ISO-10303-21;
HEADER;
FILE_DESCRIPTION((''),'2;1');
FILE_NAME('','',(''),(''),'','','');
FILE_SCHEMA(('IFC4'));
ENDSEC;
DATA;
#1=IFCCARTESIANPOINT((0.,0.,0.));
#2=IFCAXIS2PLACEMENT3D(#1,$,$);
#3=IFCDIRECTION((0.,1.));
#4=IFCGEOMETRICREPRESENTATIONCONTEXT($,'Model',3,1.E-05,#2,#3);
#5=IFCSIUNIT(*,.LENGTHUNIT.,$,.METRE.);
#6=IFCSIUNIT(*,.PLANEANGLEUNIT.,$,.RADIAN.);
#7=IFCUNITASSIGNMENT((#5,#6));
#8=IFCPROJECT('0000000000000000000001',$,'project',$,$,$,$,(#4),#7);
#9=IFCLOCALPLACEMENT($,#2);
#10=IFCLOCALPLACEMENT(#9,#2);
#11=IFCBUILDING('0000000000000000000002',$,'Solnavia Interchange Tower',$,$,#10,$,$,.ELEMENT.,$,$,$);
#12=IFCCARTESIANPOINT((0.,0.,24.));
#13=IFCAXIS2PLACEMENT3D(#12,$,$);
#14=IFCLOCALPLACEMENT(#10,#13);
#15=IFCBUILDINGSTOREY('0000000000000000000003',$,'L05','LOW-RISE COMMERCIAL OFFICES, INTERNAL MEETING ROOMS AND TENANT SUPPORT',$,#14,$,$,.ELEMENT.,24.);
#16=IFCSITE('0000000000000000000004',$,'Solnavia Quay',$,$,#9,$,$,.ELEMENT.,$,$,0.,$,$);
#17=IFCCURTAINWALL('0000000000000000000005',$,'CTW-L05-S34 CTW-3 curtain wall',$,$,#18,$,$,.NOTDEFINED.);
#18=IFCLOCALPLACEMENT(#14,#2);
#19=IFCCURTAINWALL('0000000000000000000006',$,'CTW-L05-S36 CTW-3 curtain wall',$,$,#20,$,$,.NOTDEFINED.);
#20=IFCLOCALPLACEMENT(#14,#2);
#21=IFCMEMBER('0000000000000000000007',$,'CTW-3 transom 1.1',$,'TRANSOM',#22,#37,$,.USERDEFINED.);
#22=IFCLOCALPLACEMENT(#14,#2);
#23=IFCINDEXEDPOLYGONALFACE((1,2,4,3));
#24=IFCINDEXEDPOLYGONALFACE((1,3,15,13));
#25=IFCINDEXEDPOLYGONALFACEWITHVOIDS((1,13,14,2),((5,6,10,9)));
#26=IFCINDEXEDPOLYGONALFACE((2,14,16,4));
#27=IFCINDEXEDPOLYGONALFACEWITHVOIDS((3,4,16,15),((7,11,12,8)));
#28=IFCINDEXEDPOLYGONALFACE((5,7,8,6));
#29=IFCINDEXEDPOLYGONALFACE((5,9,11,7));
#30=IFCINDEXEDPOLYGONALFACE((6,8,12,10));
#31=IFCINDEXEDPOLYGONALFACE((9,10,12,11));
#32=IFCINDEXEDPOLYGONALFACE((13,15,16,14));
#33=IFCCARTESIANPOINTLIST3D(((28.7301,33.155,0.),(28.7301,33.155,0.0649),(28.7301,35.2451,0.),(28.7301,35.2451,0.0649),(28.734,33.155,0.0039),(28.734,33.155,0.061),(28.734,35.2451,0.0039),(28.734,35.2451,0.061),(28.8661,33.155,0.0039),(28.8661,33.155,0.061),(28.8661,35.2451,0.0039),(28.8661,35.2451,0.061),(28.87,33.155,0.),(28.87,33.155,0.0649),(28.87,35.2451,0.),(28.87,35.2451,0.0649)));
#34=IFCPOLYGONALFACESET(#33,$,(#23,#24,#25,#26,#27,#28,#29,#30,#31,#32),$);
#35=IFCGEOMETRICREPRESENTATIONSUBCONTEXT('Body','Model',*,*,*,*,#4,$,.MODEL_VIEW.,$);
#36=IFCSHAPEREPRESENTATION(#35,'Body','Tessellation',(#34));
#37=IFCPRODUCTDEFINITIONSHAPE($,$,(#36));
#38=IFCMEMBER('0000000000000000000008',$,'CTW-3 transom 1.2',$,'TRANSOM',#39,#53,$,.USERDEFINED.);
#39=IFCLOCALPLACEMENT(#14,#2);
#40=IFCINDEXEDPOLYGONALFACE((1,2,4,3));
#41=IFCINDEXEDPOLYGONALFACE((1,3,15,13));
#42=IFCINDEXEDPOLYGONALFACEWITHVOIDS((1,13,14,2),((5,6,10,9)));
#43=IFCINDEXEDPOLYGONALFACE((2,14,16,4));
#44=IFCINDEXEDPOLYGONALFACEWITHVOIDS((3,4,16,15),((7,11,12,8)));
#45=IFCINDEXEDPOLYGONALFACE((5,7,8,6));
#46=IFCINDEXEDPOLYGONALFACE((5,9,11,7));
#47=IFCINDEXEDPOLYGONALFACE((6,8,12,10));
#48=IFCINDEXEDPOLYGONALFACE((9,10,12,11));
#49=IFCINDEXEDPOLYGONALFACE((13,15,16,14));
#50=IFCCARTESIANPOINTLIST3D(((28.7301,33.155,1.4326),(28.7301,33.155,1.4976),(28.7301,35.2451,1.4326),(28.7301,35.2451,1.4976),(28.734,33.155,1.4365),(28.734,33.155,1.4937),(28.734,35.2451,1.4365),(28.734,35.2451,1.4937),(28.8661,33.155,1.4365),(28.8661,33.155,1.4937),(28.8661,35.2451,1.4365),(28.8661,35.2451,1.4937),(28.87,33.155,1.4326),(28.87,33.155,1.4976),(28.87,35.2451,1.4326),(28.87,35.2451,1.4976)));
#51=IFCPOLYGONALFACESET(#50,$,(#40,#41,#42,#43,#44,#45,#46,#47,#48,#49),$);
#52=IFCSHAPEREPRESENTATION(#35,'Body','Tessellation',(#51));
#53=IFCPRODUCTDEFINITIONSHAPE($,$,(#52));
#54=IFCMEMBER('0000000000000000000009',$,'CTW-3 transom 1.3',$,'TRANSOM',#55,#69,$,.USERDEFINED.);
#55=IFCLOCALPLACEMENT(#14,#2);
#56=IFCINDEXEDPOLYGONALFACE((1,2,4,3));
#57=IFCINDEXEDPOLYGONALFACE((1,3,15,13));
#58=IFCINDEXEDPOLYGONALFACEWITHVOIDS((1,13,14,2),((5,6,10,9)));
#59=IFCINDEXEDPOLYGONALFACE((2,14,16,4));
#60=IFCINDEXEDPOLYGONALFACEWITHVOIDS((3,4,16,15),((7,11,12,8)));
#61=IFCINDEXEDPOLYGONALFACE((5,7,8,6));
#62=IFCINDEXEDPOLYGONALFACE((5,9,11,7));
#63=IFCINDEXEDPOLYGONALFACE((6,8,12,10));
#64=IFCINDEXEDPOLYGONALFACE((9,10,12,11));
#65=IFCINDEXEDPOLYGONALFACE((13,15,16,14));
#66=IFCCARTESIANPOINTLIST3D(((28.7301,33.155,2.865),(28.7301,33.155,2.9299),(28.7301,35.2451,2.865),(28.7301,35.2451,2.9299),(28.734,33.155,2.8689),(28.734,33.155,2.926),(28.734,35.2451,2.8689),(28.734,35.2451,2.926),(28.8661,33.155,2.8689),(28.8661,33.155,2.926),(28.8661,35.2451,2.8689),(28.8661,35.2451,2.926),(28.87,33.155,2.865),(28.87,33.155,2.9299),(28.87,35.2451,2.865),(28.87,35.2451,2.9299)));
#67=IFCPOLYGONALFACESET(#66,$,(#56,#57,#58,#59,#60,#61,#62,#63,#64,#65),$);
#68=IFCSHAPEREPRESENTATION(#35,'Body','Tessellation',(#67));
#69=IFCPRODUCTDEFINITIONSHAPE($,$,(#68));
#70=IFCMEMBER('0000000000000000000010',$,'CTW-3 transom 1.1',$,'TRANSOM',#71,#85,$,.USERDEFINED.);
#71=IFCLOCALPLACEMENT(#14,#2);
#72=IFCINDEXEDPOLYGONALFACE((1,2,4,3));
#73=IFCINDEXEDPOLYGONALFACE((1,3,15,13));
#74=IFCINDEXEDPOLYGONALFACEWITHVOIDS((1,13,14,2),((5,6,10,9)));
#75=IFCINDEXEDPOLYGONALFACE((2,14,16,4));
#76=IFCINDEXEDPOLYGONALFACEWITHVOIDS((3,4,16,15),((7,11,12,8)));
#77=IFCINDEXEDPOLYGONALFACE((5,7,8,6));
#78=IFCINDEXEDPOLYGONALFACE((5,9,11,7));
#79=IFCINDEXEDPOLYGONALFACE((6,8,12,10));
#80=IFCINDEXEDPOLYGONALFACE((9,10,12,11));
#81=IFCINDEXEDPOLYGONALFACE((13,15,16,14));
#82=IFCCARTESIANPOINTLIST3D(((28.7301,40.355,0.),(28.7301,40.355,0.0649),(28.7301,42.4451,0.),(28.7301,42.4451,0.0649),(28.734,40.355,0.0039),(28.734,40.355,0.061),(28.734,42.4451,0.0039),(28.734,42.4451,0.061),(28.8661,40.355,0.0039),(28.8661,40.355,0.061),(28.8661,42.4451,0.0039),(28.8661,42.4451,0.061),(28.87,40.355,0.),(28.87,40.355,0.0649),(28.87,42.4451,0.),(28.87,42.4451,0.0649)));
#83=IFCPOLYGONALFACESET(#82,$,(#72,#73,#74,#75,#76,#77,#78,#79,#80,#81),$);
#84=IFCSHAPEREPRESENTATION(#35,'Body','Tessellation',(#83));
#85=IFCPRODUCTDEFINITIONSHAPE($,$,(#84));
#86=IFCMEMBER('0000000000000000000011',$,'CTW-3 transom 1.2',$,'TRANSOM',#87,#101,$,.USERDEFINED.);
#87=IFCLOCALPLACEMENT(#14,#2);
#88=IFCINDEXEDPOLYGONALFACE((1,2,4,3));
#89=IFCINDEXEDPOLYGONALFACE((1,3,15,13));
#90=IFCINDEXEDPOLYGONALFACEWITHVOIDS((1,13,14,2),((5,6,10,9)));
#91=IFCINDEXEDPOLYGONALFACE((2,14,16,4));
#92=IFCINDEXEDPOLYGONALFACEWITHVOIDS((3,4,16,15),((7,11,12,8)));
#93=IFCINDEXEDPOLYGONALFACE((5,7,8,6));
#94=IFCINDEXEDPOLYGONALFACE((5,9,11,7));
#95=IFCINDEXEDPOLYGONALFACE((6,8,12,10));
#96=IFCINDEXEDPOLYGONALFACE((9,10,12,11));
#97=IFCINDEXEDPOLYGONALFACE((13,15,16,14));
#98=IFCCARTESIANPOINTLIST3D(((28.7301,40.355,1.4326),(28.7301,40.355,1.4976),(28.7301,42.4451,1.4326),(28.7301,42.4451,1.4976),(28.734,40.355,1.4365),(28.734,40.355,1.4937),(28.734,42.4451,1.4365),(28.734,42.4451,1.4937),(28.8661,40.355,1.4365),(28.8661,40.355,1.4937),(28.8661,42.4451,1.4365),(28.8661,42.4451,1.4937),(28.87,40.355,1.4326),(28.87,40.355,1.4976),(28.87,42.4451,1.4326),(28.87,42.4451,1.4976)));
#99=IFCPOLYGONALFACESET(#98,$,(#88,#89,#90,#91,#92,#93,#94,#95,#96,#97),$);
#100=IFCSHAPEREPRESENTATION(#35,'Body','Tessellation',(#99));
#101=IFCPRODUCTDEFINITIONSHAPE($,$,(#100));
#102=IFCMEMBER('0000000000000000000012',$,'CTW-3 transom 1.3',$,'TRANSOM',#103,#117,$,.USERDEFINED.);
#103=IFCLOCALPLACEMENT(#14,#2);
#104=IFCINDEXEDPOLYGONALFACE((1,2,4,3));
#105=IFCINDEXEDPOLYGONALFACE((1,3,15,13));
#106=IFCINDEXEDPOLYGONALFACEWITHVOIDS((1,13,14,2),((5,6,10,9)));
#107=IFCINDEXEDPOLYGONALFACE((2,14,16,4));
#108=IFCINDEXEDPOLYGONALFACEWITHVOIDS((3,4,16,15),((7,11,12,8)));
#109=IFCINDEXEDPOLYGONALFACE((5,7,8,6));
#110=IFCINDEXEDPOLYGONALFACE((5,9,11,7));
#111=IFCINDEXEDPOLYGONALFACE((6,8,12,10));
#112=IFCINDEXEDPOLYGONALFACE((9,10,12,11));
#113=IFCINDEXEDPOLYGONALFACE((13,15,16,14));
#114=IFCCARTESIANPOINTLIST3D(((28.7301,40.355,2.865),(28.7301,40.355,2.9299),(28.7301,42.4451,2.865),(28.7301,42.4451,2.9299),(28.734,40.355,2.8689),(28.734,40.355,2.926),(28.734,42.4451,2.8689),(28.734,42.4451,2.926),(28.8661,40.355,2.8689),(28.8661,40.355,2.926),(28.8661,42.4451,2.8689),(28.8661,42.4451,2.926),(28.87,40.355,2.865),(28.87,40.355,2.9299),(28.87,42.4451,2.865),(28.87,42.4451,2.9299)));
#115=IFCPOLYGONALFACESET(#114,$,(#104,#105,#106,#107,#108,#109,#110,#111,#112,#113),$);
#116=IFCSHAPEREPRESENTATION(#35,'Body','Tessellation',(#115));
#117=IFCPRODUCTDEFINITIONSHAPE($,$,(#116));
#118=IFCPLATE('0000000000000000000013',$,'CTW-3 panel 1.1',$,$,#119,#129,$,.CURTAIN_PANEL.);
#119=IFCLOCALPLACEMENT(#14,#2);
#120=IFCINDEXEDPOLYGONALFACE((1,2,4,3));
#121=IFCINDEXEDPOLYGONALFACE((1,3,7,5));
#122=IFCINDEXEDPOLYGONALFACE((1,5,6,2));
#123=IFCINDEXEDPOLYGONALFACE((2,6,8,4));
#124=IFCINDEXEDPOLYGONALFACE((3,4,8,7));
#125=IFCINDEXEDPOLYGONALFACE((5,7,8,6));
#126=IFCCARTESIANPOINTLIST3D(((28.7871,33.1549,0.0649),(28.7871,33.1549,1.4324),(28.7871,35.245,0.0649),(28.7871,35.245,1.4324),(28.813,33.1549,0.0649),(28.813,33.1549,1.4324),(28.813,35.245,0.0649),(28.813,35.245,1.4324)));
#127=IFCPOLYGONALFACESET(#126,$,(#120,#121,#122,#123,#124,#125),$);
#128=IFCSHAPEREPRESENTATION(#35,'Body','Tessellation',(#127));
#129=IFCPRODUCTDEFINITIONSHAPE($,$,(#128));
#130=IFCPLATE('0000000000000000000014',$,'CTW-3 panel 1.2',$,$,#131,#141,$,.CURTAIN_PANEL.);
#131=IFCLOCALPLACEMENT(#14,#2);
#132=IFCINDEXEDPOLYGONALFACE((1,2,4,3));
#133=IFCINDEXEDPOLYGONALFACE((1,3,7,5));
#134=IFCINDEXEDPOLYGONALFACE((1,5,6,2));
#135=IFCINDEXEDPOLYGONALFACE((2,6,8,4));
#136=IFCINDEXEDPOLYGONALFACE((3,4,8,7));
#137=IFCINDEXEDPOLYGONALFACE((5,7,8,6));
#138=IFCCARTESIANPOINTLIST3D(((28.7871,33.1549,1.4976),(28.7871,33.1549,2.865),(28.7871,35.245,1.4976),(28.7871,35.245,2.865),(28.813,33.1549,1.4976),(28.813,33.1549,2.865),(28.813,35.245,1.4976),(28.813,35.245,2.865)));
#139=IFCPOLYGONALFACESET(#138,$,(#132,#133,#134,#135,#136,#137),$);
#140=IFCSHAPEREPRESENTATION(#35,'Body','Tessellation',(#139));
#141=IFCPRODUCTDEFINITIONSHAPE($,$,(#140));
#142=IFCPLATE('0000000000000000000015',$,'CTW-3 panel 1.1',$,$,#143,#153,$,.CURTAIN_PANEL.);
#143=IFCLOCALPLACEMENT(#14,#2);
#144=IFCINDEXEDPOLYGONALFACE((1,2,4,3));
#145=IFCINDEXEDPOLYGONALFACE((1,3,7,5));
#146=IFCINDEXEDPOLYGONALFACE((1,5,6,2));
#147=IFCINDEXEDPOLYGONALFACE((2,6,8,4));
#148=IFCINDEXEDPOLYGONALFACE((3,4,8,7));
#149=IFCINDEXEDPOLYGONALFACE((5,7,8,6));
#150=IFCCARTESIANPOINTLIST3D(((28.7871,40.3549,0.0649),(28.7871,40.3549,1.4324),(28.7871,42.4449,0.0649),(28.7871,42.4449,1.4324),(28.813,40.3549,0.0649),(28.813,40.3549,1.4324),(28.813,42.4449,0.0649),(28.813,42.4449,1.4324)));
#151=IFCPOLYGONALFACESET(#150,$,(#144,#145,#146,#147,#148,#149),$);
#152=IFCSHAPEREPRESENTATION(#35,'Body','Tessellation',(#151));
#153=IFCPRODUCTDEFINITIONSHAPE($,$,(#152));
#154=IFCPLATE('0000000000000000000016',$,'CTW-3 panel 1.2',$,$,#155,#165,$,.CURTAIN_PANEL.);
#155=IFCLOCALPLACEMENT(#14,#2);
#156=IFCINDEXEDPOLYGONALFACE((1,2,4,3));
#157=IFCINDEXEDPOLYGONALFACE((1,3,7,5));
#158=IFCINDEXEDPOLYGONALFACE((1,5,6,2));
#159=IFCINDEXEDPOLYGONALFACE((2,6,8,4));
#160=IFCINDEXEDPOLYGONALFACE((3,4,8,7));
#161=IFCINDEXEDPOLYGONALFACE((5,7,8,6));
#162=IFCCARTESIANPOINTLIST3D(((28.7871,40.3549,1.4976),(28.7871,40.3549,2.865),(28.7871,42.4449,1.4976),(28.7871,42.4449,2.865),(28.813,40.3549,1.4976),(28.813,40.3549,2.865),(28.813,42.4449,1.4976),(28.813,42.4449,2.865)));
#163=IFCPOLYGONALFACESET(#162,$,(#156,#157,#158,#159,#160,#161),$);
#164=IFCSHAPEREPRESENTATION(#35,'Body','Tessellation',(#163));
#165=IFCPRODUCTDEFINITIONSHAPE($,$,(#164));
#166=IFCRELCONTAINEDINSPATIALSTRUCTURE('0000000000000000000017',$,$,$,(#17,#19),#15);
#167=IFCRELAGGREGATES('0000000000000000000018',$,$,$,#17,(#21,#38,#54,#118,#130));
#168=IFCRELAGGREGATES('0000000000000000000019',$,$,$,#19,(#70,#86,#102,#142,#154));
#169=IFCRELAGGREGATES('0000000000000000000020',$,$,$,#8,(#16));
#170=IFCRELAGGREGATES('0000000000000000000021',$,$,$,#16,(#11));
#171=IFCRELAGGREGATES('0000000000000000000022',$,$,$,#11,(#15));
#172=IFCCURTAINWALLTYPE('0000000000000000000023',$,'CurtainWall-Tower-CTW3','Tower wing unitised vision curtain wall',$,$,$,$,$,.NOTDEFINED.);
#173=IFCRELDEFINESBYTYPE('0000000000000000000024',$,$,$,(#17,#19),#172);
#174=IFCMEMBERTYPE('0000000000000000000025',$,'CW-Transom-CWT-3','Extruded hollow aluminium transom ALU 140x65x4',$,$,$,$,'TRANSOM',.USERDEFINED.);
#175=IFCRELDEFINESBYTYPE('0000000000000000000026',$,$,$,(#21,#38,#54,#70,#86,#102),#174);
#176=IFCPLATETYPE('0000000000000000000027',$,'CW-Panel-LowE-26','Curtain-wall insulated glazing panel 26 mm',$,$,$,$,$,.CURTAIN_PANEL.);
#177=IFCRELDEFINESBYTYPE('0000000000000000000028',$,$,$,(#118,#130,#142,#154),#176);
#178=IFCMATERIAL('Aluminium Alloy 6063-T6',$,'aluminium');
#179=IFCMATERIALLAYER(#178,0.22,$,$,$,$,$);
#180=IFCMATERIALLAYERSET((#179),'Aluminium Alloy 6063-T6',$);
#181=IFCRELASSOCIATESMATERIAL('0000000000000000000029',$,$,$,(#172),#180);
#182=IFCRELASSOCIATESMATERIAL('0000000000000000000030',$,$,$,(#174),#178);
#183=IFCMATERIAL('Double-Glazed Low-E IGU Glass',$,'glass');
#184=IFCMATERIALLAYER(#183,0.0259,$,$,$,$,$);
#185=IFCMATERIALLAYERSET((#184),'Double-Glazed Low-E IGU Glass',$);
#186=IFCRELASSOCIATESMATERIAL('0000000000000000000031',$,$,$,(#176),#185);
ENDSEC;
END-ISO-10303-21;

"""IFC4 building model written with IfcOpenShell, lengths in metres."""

from ifc_helpers import new_model, si_unit, direction, frame, origin, origin_2d, place, context, subcontext, project, spatial, rectangle, hollow_rectangle, extrude, material, layer, layer_set, material_profile, profile_set, type_object, element, aggregate, save


model = new_model("IFC4")

# Units and contexts
model_context = context("Model", 3, precision=1e-05, world=origin(), true_north=direction((0.0, 1.0)))
body_context = subcontext(model_context, "Body", "Model", "MODEL_VIEW")
ifc_project = project(units=[si_unit("LENGTHUNIT", "METRE"), si_unit("PLANEANGLEUNIT", "RADIAN")], contexts=[model_context])

# Site, building, storey
site_placement = place(None, origin())
site = spatial("IfcSite", under=ifc_project, at=site_placement, Name="Solnavia Quay", CompositionType="ELEMENT", RefElevation=0.0)
building_placement = place(site_placement, origin())
building = spatial("IfcBuilding", under=site, at=building_placement, Name="Solnavia Interchange Tower", CompositionType="ELEMENT")
storey_placement = place(building_placement, frame((0.0, 0.0, 24.0)))
storey = spatial("IfcBuildingStorey", under=building, at=storey_placement, Name="L05", Description="LOW-RISE COMMERCIAL OFFICES, INTERNAL MEETING ROOMS AND TENANT SUPPORT", CompositionType="ELEMENT", Elevation=24.0)

# Curtain walls
ifc_material_1 = material(Name="Aluminium Alloy 6063-T6", Category="aluminium")
ifc_layer_1 = layer(ifc_material_1, 0.22)
ifc_layer_set_1 = layer_set([ifc_layer_1], Name="Aluminium Alloy 6063-T6")
curtain_wall_type = type_object("IfcCurtainWallType", Name="CurtainWall-Tower-CTW3", Description="Tower wing unitised vision curtain wall", PredefinedType="NOTDEFINED", material=ifc_layer_set_1)
curtain_wall_1_placement = place(storey_placement, origin())
curtain_wall_1 = element("IfcCurtainWall", 1, at=curtain_wall_1_placement, inside=storey, type_object=curtain_wall_type, Name="CTW-L05-S34 CTW-3 curtain wall", PredefinedType="NOTDEFINED")
curtain_wall_2_placement = place(storey_placement, origin())
curtain_wall_2 = element("IfcCurtainWall", 2, at=curtain_wall_2_placement, inside=storey, type_object=curtain_wall_type, Name="CTW-L05-S36 CTW-3 curtain wall", PredefinedType="NOTDEFINED")

# Members
ifc_material_profile_1 = material_profile(ifc_material_1, hollow_rectangle(XDim=0.0649, YDim=0.1399, WallThickness=0.0039, at=origin_2d()), Name="ALU 140x65x4")
ifc_profile_set_1 = profile_set([ifc_material_profile_1], Name="Aluminium Alloy 6063-T6")
member_type_1 = type_object("IfcMemberType", Name="CW-Transom-CWT-3", Description="Extruded hollow aluminium transom ALU 140x65x4", ElementType="TRANSOM", PredefinedType="USERDEFINED", material=ifc_profile_set_1)
member_1_placement = place(storey_placement, frame((28.8, 33.155, 0.0325), z_axis=(0.0, 1.0, 0.0), x_axis=(0.0, 0.0, 1.0)))
member_1 = element("IfcMember", 3, at=member_1_placement, type_object=member_type_1, Name="CTW-3 transom 1.1", ObjectType="TRANSOM", PredefinedType="USERDEFINED", context=body_context, shape_type="SweptSolid", body=[
    extrude(hollow_rectangle(XDim=0.0649, YDim=0.1399, WallThickness=0.0039, at=origin_2d()), origin(), (0.0, 0.0, 1.0), 2.0901),
])
member_2_placement = place(storey_placement, frame((28.8, 33.155, 1.4651), z_axis=(0.0, 1.0, 0.0), x_axis=(0.0, 0.0, 1.0)))
member_2 = element("IfcMember", 4, at=member_2_placement, type_object=member_type_1, Name="CTW-3 transom 1.2", ObjectType="TRANSOM", PredefinedType="USERDEFINED", context=body_context, shape_type="SweptSolid", body=[
    extrude(hollow_rectangle(XDim=0.0649, YDim=0.1399, WallThickness=0.0039, at=origin_2d()), origin(), (0.0, 0.0, 1.0), 2.0901),
])
member_3_placement = place(storey_placement, frame((28.8, 33.155, 2.8975), z_axis=(0.0, 1.0, 0.0), x_axis=(0.0, 0.0, 1.0)))
member_3 = element("IfcMember", 5, at=member_3_placement, type_object=member_type_1, Name="CTW-3 transom 1.3", ObjectType="TRANSOM", PredefinedType="USERDEFINED", context=body_context, shape_type="SweptSolid", body=[
    extrude(hollow_rectangle(XDim=0.0649, YDim=0.1399, WallThickness=0.0039, at=origin_2d()), origin(), (0.0, 0.0, 1.0), 2.0901),
])
member_4_placement = place(storey_placement, frame((28.8, 40.355, 0.0325), z_axis=(0.0, 1.0, 0.0), x_axis=(0.0, 0.0, 1.0)))
member_4 = element("IfcMember", 6, at=member_4_placement, type_object=member_type_1, Name="CTW-3 transom 1.1", ObjectType="TRANSOM", PredefinedType="USERDEFINED", context=body_context, shape_type="SweptSolid", body=[
    extrude(hollow_rectangle(XDim=0.0649, YDim=0.1399, WallThickness=0.0039, at=origin_2d()), origin(), (0.0, 0.0, 1.0), 2.0901),
])
member_5_placement = place(storey_placement, frame((28.8, 40.355, 1.4651), z_axis=(0.0, 1.0, 0.0), x_axis=(0.0, 0.0, 1.0)))
member_5 = element("IfcMember", 7, at=member_5_placement, type_object=member_type_1, Name="CTW-3 transom 1.2", ObjectType="TRANSOM", PredefinedType="USERDEFINED", context=body_context, shape_type="SweptSolid", body=[
    extrude(hollow_rectangle(XDim=0.0649, YDim=0.1399, WallThickness=0.0039, at=origin_2d()), origin(), (0.0, 0.0, 1.0), 2.0901),
])
member_6_placement = place(storey_placement, frame((28.8, 40.355, 2.8975), z_axis=(0.0, 1.0, 0.0), x_axis=(0.0, 0.0, 1.0)))
member_6 = element("IfcMember", 8, at=member_6_placement, type_object=member_type_1, Name="CTW-3 transom 1.3", ObjectType="TRANSOM", PredefinedType="USERDEFINED", context=body_context, shape_type="SweptSolid", body=[
    extrude(hollow_rectangle(XDim=0.0649, YDim=0.1399, WallThickness=0.0039, at=origin_2d()), origin(), (0.0, 0.0, 1.0), 2.0901),
])

# Plates
ifc_material_2 = material(Name="Double-Glazed Low-E IGU Glass", Category="glass")
ifc_layer_2 = layer(ifc_material_2, 0.0259)
ifc_layer_set_2 = layer_set([ifc_layer_2], Name="Double-Glazed Low-E IGU Glass")
plate_type = type_object("IfcPlateType", Name="CW-Panel-LowE-26", Description="Curtain-wall insulated glazing panel 26 mm", PredefinedType="CURTAIN_PANEL", material=ifc_layer_set_2)
plate_1_placement = place(storey_placement, frame((28.8, 34.2, 0.0649), z_axis=(0.0, 0.0, 1.0), x_axis=(0.0, 1.0, 0.0)))
plate_1 = element("IfcPlate", 9, at=plate_1_placement, type_object=plate_type, Name="CTW-3 panel 1.1", PredefinedType="CURTAIN_PANEL", context=body_context, shape_type="SweptSolid", body=[
    extrude(rectangle(XDim=2.0901, YDim=0.0259, at=origin_2d()), origin(), (0.0, 0.0, 1.0), 1.3674),
])
plate_2_placement = place(storey_placement, frame((28.8, 34.2, 1.4976), z_axis=(0.0, 0.0, 1.0), x_axis=(0.0, 1.0, 0.0)))
plate_2 = element("IfcPlate", 10, at=plate_2_placement, type_object=plate_type, Name="CTW-3 panel 1.2", PredefinedType="CURTAIN_PANEL", context=body_context, shape_type="SweptSolid", body=[
    extrude(rectangle(XDim=2.0901, YDim=0.0259, at=origin_2d()), origin(), (0.0, 0.0, 1.0), 1.3674),
])
aggregate(curtain_wall_1, [member_1, member_2, member_3, plate_1, plate_2])
plate_3_placement = place(storey_placement, frame((28.8, 41.3999, 0.0649), z_axis=(0.0, 0.0, 1.0), x_axis=(0.0, 1.0, 0.0)))
plate_3 = element("IfcPlate", 11, at=plate_3_placement, type_object=plate_type, Name="CTW-3 panel 1.1", PredefinedType="CURTAIN_PANEL", context=body_context, shape_type="SweptSolid", body=[
    extrude(rectangle(XDim=2.0901, YDim=0.0259, at=origin_2d()), origin(), (0.0, 0.0, 1.0), 1.3674),
])
plate_4_placement = place(storey_placement, frame((28.8, 41.3999, 1.4976), z_axis=(0.0, 0.0, 1.0), x_axis=(0.0, 1.0, 0.0)))
plate_4 = element("IfcPlate", 12, at=plate_4_placement, type_object=plate_type, Name="CTW-3 panel 1.2", PredefinedType="CURTAIN_PANEL", context=body_context, shape_type="SweptSolid", body=[
    extrude(rectangle(XDim=2.0901, YDim=0.0259, at=origin_2d()), origin(), (0.0, 0.0, 1.0), 1.3674),
])
aggregate(curtain_wall_2, [member_4, member_5, member_6, plate_3, plate_4])

save(model, "model.ifc")
